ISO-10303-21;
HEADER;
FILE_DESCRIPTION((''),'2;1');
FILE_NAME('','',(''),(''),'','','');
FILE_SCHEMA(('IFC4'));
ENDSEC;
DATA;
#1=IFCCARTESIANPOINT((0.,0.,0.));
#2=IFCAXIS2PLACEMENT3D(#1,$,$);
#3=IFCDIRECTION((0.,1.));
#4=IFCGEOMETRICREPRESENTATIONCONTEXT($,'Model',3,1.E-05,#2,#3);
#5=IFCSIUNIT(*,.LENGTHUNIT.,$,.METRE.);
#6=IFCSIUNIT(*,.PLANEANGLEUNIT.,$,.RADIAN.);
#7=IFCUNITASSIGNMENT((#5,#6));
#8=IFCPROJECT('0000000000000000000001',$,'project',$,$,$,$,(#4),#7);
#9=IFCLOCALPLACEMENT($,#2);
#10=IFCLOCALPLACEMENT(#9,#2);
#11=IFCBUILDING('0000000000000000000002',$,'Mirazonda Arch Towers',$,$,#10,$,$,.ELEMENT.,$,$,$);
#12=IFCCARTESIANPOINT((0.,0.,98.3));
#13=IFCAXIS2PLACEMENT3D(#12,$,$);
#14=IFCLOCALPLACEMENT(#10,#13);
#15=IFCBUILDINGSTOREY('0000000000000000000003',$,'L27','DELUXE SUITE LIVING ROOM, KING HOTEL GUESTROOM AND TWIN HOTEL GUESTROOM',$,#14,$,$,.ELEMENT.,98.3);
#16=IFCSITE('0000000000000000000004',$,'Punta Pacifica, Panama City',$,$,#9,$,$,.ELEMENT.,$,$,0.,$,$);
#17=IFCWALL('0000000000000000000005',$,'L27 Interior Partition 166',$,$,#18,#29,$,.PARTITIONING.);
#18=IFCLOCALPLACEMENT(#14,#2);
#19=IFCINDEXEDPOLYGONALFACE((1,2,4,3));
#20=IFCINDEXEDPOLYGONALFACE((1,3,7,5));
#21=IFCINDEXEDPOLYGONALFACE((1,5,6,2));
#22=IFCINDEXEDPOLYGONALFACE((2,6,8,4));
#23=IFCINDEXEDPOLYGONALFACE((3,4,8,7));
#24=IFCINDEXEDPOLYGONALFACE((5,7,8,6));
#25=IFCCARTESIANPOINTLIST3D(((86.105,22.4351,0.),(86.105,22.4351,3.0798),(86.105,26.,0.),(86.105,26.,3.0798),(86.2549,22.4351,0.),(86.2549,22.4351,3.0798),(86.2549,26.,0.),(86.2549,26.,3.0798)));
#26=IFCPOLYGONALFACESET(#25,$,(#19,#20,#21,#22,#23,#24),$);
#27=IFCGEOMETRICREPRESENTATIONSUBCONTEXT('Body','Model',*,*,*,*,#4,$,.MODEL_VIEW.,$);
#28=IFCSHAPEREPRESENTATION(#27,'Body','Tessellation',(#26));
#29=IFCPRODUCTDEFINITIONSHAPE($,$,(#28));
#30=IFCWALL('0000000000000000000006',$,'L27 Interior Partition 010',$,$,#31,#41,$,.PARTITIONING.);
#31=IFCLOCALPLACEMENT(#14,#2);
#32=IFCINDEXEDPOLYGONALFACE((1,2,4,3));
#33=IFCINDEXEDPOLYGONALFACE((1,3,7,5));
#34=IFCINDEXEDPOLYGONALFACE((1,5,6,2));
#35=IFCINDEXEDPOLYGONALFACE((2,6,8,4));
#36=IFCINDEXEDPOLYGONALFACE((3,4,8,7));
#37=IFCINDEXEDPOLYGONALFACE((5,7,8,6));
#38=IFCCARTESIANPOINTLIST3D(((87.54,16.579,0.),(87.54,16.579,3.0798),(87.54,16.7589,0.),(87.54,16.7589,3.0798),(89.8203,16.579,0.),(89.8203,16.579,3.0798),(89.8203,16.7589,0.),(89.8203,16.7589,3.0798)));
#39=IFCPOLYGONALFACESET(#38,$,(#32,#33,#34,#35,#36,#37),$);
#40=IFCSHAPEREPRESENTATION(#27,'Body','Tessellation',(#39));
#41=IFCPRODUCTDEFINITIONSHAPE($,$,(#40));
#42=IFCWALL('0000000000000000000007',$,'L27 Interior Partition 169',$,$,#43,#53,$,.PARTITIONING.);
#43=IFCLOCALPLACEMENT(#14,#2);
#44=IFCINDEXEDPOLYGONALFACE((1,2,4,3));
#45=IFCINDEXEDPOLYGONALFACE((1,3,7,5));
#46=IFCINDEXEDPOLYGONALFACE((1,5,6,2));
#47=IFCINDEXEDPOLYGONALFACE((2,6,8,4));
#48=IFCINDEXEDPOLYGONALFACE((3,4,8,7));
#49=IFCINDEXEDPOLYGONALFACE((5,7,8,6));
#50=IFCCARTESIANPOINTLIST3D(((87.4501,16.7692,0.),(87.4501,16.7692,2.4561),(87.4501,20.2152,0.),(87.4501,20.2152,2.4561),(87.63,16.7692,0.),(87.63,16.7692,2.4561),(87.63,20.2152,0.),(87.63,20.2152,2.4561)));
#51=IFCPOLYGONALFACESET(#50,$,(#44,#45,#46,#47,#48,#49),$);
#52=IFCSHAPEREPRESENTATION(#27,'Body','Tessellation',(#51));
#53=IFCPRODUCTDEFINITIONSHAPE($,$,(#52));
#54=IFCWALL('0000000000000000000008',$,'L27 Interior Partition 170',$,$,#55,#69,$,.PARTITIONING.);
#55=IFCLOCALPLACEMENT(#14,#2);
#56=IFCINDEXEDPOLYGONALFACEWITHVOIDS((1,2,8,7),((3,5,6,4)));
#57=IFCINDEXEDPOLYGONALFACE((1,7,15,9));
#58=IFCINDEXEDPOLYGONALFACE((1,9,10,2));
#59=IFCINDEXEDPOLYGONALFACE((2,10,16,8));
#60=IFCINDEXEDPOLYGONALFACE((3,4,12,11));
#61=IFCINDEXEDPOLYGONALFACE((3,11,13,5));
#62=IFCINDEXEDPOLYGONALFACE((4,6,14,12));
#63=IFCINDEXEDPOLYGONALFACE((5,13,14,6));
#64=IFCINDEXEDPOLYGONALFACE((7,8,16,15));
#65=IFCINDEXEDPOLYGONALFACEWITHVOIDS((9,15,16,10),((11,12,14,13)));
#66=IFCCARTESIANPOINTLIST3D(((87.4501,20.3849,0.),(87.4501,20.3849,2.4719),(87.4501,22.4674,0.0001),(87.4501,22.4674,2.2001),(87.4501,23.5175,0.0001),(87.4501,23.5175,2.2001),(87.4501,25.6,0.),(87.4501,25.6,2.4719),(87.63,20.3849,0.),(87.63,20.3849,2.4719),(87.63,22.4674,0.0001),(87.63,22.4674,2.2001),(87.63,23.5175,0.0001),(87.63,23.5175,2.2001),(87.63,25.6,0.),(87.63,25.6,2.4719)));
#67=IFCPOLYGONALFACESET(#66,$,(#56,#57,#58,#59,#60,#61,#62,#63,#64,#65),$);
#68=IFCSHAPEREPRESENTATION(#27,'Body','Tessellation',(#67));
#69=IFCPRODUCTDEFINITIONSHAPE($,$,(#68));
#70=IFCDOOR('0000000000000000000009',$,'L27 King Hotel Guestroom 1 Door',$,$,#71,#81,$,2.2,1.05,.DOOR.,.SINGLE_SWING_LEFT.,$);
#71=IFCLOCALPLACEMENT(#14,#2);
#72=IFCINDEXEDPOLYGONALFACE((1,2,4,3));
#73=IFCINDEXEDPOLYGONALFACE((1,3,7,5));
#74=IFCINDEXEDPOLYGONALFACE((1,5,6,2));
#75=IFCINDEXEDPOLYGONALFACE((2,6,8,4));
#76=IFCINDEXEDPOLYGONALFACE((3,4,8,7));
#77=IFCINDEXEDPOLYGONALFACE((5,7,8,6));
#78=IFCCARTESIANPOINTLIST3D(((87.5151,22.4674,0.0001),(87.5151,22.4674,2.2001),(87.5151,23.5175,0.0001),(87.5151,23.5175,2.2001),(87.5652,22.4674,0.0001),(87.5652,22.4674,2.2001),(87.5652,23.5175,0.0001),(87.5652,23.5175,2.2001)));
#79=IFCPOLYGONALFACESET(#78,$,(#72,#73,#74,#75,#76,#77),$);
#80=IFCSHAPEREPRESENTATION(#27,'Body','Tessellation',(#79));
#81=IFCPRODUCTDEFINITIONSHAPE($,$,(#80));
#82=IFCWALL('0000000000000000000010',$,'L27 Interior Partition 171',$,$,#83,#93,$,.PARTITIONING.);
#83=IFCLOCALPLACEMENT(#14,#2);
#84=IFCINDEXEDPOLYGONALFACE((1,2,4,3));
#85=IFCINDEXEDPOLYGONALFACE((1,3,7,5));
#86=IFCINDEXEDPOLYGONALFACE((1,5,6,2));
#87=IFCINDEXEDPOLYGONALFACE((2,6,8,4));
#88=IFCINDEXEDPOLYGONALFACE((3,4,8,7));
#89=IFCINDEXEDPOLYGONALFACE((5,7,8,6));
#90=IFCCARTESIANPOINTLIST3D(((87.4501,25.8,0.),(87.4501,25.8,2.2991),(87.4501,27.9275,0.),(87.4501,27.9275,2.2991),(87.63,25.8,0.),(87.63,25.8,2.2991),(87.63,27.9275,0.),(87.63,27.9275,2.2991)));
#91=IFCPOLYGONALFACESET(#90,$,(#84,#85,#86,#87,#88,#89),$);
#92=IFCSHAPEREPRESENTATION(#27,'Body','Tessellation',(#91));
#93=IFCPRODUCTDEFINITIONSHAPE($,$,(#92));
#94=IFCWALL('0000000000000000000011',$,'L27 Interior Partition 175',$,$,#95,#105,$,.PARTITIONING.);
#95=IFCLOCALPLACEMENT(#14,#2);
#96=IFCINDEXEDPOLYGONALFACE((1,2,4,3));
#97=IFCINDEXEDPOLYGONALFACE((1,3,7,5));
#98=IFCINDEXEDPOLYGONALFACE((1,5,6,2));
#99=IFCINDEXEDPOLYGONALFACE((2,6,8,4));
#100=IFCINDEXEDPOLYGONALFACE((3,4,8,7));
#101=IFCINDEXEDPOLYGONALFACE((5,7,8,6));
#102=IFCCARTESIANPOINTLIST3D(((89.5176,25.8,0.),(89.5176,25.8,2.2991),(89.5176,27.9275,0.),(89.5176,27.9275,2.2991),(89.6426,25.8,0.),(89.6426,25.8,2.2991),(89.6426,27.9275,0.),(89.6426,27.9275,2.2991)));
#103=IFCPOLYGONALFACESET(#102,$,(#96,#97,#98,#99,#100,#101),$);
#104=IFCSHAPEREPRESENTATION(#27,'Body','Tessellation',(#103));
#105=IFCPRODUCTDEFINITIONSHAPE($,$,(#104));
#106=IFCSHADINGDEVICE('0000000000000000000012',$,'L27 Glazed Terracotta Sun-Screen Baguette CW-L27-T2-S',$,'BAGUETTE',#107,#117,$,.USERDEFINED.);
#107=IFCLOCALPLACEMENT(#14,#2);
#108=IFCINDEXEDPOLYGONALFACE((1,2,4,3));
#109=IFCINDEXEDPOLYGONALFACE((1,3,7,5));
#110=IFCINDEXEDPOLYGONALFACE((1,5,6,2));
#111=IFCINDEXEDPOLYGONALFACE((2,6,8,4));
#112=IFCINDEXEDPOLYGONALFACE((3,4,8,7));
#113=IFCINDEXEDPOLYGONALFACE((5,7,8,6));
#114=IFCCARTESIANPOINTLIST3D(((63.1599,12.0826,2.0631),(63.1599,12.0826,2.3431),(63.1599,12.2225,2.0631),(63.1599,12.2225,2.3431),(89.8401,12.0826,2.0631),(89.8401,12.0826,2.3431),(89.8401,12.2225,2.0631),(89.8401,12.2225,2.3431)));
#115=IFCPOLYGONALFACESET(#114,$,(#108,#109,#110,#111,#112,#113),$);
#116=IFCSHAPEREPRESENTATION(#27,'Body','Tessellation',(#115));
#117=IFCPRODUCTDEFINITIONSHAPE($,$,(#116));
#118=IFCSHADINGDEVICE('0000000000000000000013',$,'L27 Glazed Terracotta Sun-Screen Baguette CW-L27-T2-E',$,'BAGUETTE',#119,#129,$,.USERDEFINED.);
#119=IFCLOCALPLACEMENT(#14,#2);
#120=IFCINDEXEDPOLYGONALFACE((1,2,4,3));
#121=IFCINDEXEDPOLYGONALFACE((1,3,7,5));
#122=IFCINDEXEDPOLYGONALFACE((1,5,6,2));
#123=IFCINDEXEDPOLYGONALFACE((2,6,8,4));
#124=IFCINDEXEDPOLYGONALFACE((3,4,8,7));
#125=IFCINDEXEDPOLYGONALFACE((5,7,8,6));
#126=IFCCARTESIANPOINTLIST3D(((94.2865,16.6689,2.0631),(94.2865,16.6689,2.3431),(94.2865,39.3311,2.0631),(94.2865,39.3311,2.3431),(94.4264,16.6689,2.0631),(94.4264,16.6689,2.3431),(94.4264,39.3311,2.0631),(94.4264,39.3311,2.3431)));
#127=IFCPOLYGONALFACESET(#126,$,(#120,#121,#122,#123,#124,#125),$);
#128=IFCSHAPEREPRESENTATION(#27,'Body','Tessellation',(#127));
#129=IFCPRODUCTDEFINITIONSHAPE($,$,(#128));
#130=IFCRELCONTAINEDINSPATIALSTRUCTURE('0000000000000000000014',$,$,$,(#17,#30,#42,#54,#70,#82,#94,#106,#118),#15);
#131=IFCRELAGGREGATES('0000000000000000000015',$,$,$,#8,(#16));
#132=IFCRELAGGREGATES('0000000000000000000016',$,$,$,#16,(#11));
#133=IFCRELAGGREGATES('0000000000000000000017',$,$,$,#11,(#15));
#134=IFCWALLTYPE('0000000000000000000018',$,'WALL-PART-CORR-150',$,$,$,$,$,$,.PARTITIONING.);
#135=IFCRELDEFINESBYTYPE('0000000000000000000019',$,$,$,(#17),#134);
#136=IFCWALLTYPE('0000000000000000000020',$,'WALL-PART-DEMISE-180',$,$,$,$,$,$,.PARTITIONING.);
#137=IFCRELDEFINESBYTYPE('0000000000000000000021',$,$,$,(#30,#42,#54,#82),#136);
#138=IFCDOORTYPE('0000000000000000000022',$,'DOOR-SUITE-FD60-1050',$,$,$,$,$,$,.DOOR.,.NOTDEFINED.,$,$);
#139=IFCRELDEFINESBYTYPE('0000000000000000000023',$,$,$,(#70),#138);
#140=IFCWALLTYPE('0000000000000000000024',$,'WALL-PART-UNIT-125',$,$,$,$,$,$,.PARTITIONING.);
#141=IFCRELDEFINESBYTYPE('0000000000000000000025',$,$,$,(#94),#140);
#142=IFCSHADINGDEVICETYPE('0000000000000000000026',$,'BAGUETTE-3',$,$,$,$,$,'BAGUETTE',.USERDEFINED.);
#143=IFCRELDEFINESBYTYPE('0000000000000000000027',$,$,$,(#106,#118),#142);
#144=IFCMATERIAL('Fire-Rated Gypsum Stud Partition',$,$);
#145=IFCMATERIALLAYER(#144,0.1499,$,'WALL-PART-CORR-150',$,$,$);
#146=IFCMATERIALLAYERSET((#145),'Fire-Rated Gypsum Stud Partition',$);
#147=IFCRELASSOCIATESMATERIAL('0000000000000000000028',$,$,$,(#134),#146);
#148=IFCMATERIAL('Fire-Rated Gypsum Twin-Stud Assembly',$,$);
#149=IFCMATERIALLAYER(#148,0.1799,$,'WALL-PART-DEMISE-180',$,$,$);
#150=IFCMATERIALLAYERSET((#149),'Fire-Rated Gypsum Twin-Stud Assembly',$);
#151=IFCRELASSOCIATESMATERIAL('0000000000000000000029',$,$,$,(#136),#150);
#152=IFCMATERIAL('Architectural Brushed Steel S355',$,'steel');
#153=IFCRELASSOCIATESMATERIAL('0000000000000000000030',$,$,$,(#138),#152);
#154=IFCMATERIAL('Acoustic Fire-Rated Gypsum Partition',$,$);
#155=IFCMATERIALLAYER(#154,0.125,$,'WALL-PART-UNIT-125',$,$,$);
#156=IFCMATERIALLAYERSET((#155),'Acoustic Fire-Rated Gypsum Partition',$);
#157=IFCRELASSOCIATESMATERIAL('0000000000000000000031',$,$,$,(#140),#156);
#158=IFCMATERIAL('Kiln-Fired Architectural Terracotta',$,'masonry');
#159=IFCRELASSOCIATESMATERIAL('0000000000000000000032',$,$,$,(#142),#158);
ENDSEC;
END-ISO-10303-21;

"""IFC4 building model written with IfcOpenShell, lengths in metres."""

from ifc_helpers import new_model, si_unit, direction, frame, frame_2d, origin, origin_2d, place, context, subcontext, project, spatial, rectangle, extrude, material, layer, layer_set, material_profile, profile_set, type_object, element, fill, save


model = new_model("IFC4")

# Units and contexts
model_context = context("Model", 3, precision=1e-05, world=origin(), true_north=direction((0.0, 1.0)))
body_context = subcontext(model_context, "Body", "Model", "MODEL_VIEW")
ifc_project = project(units=[si_unit("LENGTHUNIT", "METRE"), si_unit("PLANEANGLEUNIT", "RADIAN")], contexts=[model_context])

# Site, building, storey
site_placement = place(None, origin())
site = spatial("IfcSite", under=ifc_project, at=site_placement, Name="Punta Pacifica, Panama City", CompositionType="ELEMENT", RefElevation=0.0)
building_placement = place(site_placement, origin())
building = spatial("IfcBuilding", under=site, at=building_placement, Name="Mirazonda Arch Towers", CompositionType="ELEMENT")
storey_placement = place(building_placement, frame((0.0, 0.0, 98.3)))
storey = spatial("IfcBuildingStorey", under=building, at=storey_placement, Name="L27", Description="DELUXE SUITE LIVING ROOM, KING HOTEL GUESTROOM AND TWIN HOTEL GUESTROOM", CompositionType="ELEMENT", Elevation=98.3)

# Walls
ifc_material_1 = material(Name="Fire-Rated Gypsum Stud Partition")
ifc_layer_1 = layer(ifc_material_1, 0.1499, Name="WALL-PART-CORR-150")
ifc_layer_set_1 = layer_set([ifc_layer_1], Name="Fire-Rated Gypsum Stud Partition")
wall_type_1 = type_object("IfcWallType", Name="WALL-PART-CORR-150", PredefinedType="PARTITIONING", material=ifc_layer_set_1)
wall_1_placement = place(storey_placement, frame((86.1799, 22.4351, 0.0), z_axis=(0.0, 0.0, 1.0), x_axis=(0.0, 1.0, 0.0)))
element("IfcWall", 1, at=wall_1_placement, inside=storey, type_object=wall_type_1, Name="L27 Interior Partition 166", PredefinedType="PARTITIONING", context=body_context, shape_type="SweptSolid", body=[
    extrude(rectangle(XDim=3.5649, YDim=0.1499, at=frame_2d((1.7825, 0.0))), origin(), (0.0, 0.0, 1.0), 3.0798),
])
ifc_material_2 = material(Name="Fire-Rated Gypsum Twin-Stud Assembly")
ifc_layer_2 = layer(ifc_material_2, 0.1799, Name="WALL-PART-DEMISE-180")
ifc_layer_set_2 = layer_set([ifc_layer_2], Name="Fire-Rated Gypsum Twin-Stud Assembly")
wall_type_2 = type_object("IfcWallType", Name="WALL-PART-DEMISE-180", PredefinedType="PARTITIONING", material=ifc_layer_set_2)
wall_2_placement = place(storey_placement, frame((87.54, 16.6689, 0.0), z_axis=(0.0, 0.0, 1.0), x_axis=(1.0, 0.0, 0.0)))
element("IfcWall", 2, at=wall_2_placement, inside=storey, type_object=wall_type_2, Name="L27 Interior Partition 010", PredefinedType="PARTITIONING", context=body_context, shape_type="SweptSolid", body=[
    extrude(rectangle(XDim=2.2803, YDim=0.1799, at=frame_2d((1.1401, 0.0))), origin(), (0.0, 0.0, 1.0), 3.0798),
])

# Shared definitions
ifc_material_3 = material(Name="Architectural Brushed Steel S355", Category="steel")

# Wall
wall_3_placement = place(storey_placement, frame((87.54, 16.769, 0.0), z_axis=(0.0, 0.0, 1.0), x_axis=(0.0, 1.0, 0.0)))
element("IfcWall", 3, at=wall_3_placement, inside=storey, type_object=wall_type_2, Name="L27 Interior Partition 169", PredefinedType="PARTITIONING", context=body_context, shape_type="SweptSolid", body=[
    extrude(rectangle(XDim=3.446, YDim=0.1799, at=frame_2d((1.7231, 0.0))), origin(), (0.0, 0.0, 1.0), 2.4561),
])

# Wall, opening, door
wall_4_placement = place(storey_placement, frame((87.54, 20.385, 0.0), z_axis=(0.0, 0.0, 1.0), x_axis=(0.0, 1.0, 0.0)))
wall_4 = element("IfcWall", 4, at=wall_4_placement, inside=storey, type_object=wall_type_2, Name="L27 Interior Partition 170", PredefinedType="PARTITIONING", context=body_context, shape_type="SweptSolid", body=[
    extrude(rectangle(XDim=5.2151, YDim=0.1799, at=frame_2d((2.6074, 0.0))), origin(), (0.0, 0.0, 1.0), 2.4719),
])
opening_1_placement = place(wall_4_placement, frame((2.0825, 0.0, 0.0)))
opening_1 = element("IfcOpeningElement", 5, at=opening_1_placement, cuts=wall_4, PredefinedType="OPENING", context=body_context, shape_type="SweptSolid", body=[
    extrude(rectangle(XDim=1.05, YDim=2.2, at=frame_2d((0.5249, 1.1001))), frame((0.0, 0.0999, 0.0), z_axis=(0.0, -1.0, 0.0), x_axis=(1.0, 0.0, 0.0)), (0.0, 0.0, 1.0), 0.2),
])
door_type_1 = type_object("IfcDoorType", Name="DOOR-SUITE-FD60-1050", OperationType="NOTDEFINED", PredefinedType="DOOR", material=ifc_material_3)
door_1_placement = place(opening_1_placement, origin())
door_1 = element("IfcDoor", 6, at=door_1_placement, inside=storey, type_object=door_type_1, Name="L27 King Hotel Guestroom 1 Door", OperationType="SINGLE_SWING_LEFT", OverallHeight=2.2, OverallWidth=1.05, PredefinedType="DOOR", context=body_context, shape_type="SweptSolid", body=[
    extrude(rectangle(XDim=1.05, YDim=2.2, at=frame_2d((0.5249, 1.1001))), frame((0.0, 0.0249, 0.0), z_axis=(0.0, -1.0, 0.0), x_axis=(1.0, 0.0, 0.0)), (0.0, 0.0, 1.0), 0.05),
])
fill(opening_1, door_1)

# Walls
wall_5_placement = place(storey_placement, frame((87.54, 25.8, 0.0), z_axis=(0.0, 0.0, 1.0), x_axis=(0.0, 1.0, 0.0)))
element("IfcWall", 7, at=wall_5_placement, inside=storey, type_object=wall_type_2, Name="L27 Interior Partition 171", PredefinedType="PARTITIONING", context=body_context, shape_type="SweptSolid", body=[
    extrude(rectangle(XDim=2.1274, YDim=0.1799, at=frame_2d((1.0637, 0.0))), origin(), (0.0, 0.0, 1.0), 2.2991),
])
ifc_material_4 = material(Name="Acoustic Fire-Rated Gypsum Partition")
ifc_layer_3 = layer(ifc_material_4, 0.125, Name="WALL-PART-UNIT-125")
ifc_layer_set_3 = layer_set([ifc_layer_3], Name="Acoustic Fire-Rated Gypsum Partition")
wall_type_3 = type_object("IfcWallType", Name="WALL-PART-UNIT-125", PredefinedType="PARTITIONING", material=ifc_layer_set_3)
wall_6_placement = place(storey_placement, frame((89.5801, 25.8, 0.0), z_axis=(0.0, 0.0, 1.0), x_axis=(0.0, 1.0, 0.0)))
element("IfcWall", 8, at=wall_6_placement, inside=storey, type_object=wall_type_3, Name="L27 Interior Partition 175", PredefinedType="PARTITIONING", context=body_context, shape_type="SweptSolid", body=[
    extrude(rectangle(XDim=2.1274, YDim=0.125, at=frame_2d((1.0637, 0.0))), origin(), (0.0, 0.0, 1.0), 2.2991),
])

# Shading devices
ifc_material_5 = material(Name="Kiln-Fired Architectural Terracotta", Category="masonry")
ifc_material_profile_1 = material_profile(ifc_material_5, rectangle(XDim=0.1399, YDim=0.28, at=origin_2d()), Name="TERRA-BAG-140x280")
ifc_profile_set_1 = profile_set([ifc_material_profile_1], Name="Kiln-Fired Architectural Terracotta")
shading_device_type = type_object("IfcShadingDeviceType", Name="BAGUETTE-3", ElementType="BAGUETTE", PredefinedType="USERDEFINED", material=ifc_profile_set_1)
shading_device_1_placement = place(storey_placement, frame((89.8401, 12.1526, 2.2031), z_axis=(-1.0, 0.0, 0.0), x_axis=(0.0, -1.0, 0.0)))
element("IfcShadingDevice", 9, at=shading_device_1_placement, inside=storey, type_object=shading_device_type, Name="L27 Glazed Terracotta Sun-Screen Baguette CW-L27-T2-S", ObjectType="BAGUETTE", PredefinedType="USERDEFINED", context=body_context, shape_type="SweptSolid", body=[
    extrude(rectangle(XDim=0.1399, YDim=0.28, at=origin_2d()), origin(), (0.0, 0.0, 1.0), 26.6802),
])
shading_device_2_placement = place(storey_placement, frame((94.3564, 16.6689, 2.2031), z_axis=(0.0, 1.0, 0.0), x_axis=(-1.0, 0.0, 0.0)))
element("IfcShadingDevice", 10, at=shading_device_2_placement, inside=storey, type_object=shading_device_type, Name="L27 Glazed Terracotta Sun-Screen Baguette CW-L27-T2-E", ObjectType="BAGUETTE", PredefinedType="USERDEFINED", context=body_context, shape_type="SweptSolid", body=[
    extrude(rectangle(XDim=0.1399, YDim=0.28, at=origin_2d()), origin(), (0.0, 0.0, 1.0), 22.6621),
])

save(model, "model.ifc")
